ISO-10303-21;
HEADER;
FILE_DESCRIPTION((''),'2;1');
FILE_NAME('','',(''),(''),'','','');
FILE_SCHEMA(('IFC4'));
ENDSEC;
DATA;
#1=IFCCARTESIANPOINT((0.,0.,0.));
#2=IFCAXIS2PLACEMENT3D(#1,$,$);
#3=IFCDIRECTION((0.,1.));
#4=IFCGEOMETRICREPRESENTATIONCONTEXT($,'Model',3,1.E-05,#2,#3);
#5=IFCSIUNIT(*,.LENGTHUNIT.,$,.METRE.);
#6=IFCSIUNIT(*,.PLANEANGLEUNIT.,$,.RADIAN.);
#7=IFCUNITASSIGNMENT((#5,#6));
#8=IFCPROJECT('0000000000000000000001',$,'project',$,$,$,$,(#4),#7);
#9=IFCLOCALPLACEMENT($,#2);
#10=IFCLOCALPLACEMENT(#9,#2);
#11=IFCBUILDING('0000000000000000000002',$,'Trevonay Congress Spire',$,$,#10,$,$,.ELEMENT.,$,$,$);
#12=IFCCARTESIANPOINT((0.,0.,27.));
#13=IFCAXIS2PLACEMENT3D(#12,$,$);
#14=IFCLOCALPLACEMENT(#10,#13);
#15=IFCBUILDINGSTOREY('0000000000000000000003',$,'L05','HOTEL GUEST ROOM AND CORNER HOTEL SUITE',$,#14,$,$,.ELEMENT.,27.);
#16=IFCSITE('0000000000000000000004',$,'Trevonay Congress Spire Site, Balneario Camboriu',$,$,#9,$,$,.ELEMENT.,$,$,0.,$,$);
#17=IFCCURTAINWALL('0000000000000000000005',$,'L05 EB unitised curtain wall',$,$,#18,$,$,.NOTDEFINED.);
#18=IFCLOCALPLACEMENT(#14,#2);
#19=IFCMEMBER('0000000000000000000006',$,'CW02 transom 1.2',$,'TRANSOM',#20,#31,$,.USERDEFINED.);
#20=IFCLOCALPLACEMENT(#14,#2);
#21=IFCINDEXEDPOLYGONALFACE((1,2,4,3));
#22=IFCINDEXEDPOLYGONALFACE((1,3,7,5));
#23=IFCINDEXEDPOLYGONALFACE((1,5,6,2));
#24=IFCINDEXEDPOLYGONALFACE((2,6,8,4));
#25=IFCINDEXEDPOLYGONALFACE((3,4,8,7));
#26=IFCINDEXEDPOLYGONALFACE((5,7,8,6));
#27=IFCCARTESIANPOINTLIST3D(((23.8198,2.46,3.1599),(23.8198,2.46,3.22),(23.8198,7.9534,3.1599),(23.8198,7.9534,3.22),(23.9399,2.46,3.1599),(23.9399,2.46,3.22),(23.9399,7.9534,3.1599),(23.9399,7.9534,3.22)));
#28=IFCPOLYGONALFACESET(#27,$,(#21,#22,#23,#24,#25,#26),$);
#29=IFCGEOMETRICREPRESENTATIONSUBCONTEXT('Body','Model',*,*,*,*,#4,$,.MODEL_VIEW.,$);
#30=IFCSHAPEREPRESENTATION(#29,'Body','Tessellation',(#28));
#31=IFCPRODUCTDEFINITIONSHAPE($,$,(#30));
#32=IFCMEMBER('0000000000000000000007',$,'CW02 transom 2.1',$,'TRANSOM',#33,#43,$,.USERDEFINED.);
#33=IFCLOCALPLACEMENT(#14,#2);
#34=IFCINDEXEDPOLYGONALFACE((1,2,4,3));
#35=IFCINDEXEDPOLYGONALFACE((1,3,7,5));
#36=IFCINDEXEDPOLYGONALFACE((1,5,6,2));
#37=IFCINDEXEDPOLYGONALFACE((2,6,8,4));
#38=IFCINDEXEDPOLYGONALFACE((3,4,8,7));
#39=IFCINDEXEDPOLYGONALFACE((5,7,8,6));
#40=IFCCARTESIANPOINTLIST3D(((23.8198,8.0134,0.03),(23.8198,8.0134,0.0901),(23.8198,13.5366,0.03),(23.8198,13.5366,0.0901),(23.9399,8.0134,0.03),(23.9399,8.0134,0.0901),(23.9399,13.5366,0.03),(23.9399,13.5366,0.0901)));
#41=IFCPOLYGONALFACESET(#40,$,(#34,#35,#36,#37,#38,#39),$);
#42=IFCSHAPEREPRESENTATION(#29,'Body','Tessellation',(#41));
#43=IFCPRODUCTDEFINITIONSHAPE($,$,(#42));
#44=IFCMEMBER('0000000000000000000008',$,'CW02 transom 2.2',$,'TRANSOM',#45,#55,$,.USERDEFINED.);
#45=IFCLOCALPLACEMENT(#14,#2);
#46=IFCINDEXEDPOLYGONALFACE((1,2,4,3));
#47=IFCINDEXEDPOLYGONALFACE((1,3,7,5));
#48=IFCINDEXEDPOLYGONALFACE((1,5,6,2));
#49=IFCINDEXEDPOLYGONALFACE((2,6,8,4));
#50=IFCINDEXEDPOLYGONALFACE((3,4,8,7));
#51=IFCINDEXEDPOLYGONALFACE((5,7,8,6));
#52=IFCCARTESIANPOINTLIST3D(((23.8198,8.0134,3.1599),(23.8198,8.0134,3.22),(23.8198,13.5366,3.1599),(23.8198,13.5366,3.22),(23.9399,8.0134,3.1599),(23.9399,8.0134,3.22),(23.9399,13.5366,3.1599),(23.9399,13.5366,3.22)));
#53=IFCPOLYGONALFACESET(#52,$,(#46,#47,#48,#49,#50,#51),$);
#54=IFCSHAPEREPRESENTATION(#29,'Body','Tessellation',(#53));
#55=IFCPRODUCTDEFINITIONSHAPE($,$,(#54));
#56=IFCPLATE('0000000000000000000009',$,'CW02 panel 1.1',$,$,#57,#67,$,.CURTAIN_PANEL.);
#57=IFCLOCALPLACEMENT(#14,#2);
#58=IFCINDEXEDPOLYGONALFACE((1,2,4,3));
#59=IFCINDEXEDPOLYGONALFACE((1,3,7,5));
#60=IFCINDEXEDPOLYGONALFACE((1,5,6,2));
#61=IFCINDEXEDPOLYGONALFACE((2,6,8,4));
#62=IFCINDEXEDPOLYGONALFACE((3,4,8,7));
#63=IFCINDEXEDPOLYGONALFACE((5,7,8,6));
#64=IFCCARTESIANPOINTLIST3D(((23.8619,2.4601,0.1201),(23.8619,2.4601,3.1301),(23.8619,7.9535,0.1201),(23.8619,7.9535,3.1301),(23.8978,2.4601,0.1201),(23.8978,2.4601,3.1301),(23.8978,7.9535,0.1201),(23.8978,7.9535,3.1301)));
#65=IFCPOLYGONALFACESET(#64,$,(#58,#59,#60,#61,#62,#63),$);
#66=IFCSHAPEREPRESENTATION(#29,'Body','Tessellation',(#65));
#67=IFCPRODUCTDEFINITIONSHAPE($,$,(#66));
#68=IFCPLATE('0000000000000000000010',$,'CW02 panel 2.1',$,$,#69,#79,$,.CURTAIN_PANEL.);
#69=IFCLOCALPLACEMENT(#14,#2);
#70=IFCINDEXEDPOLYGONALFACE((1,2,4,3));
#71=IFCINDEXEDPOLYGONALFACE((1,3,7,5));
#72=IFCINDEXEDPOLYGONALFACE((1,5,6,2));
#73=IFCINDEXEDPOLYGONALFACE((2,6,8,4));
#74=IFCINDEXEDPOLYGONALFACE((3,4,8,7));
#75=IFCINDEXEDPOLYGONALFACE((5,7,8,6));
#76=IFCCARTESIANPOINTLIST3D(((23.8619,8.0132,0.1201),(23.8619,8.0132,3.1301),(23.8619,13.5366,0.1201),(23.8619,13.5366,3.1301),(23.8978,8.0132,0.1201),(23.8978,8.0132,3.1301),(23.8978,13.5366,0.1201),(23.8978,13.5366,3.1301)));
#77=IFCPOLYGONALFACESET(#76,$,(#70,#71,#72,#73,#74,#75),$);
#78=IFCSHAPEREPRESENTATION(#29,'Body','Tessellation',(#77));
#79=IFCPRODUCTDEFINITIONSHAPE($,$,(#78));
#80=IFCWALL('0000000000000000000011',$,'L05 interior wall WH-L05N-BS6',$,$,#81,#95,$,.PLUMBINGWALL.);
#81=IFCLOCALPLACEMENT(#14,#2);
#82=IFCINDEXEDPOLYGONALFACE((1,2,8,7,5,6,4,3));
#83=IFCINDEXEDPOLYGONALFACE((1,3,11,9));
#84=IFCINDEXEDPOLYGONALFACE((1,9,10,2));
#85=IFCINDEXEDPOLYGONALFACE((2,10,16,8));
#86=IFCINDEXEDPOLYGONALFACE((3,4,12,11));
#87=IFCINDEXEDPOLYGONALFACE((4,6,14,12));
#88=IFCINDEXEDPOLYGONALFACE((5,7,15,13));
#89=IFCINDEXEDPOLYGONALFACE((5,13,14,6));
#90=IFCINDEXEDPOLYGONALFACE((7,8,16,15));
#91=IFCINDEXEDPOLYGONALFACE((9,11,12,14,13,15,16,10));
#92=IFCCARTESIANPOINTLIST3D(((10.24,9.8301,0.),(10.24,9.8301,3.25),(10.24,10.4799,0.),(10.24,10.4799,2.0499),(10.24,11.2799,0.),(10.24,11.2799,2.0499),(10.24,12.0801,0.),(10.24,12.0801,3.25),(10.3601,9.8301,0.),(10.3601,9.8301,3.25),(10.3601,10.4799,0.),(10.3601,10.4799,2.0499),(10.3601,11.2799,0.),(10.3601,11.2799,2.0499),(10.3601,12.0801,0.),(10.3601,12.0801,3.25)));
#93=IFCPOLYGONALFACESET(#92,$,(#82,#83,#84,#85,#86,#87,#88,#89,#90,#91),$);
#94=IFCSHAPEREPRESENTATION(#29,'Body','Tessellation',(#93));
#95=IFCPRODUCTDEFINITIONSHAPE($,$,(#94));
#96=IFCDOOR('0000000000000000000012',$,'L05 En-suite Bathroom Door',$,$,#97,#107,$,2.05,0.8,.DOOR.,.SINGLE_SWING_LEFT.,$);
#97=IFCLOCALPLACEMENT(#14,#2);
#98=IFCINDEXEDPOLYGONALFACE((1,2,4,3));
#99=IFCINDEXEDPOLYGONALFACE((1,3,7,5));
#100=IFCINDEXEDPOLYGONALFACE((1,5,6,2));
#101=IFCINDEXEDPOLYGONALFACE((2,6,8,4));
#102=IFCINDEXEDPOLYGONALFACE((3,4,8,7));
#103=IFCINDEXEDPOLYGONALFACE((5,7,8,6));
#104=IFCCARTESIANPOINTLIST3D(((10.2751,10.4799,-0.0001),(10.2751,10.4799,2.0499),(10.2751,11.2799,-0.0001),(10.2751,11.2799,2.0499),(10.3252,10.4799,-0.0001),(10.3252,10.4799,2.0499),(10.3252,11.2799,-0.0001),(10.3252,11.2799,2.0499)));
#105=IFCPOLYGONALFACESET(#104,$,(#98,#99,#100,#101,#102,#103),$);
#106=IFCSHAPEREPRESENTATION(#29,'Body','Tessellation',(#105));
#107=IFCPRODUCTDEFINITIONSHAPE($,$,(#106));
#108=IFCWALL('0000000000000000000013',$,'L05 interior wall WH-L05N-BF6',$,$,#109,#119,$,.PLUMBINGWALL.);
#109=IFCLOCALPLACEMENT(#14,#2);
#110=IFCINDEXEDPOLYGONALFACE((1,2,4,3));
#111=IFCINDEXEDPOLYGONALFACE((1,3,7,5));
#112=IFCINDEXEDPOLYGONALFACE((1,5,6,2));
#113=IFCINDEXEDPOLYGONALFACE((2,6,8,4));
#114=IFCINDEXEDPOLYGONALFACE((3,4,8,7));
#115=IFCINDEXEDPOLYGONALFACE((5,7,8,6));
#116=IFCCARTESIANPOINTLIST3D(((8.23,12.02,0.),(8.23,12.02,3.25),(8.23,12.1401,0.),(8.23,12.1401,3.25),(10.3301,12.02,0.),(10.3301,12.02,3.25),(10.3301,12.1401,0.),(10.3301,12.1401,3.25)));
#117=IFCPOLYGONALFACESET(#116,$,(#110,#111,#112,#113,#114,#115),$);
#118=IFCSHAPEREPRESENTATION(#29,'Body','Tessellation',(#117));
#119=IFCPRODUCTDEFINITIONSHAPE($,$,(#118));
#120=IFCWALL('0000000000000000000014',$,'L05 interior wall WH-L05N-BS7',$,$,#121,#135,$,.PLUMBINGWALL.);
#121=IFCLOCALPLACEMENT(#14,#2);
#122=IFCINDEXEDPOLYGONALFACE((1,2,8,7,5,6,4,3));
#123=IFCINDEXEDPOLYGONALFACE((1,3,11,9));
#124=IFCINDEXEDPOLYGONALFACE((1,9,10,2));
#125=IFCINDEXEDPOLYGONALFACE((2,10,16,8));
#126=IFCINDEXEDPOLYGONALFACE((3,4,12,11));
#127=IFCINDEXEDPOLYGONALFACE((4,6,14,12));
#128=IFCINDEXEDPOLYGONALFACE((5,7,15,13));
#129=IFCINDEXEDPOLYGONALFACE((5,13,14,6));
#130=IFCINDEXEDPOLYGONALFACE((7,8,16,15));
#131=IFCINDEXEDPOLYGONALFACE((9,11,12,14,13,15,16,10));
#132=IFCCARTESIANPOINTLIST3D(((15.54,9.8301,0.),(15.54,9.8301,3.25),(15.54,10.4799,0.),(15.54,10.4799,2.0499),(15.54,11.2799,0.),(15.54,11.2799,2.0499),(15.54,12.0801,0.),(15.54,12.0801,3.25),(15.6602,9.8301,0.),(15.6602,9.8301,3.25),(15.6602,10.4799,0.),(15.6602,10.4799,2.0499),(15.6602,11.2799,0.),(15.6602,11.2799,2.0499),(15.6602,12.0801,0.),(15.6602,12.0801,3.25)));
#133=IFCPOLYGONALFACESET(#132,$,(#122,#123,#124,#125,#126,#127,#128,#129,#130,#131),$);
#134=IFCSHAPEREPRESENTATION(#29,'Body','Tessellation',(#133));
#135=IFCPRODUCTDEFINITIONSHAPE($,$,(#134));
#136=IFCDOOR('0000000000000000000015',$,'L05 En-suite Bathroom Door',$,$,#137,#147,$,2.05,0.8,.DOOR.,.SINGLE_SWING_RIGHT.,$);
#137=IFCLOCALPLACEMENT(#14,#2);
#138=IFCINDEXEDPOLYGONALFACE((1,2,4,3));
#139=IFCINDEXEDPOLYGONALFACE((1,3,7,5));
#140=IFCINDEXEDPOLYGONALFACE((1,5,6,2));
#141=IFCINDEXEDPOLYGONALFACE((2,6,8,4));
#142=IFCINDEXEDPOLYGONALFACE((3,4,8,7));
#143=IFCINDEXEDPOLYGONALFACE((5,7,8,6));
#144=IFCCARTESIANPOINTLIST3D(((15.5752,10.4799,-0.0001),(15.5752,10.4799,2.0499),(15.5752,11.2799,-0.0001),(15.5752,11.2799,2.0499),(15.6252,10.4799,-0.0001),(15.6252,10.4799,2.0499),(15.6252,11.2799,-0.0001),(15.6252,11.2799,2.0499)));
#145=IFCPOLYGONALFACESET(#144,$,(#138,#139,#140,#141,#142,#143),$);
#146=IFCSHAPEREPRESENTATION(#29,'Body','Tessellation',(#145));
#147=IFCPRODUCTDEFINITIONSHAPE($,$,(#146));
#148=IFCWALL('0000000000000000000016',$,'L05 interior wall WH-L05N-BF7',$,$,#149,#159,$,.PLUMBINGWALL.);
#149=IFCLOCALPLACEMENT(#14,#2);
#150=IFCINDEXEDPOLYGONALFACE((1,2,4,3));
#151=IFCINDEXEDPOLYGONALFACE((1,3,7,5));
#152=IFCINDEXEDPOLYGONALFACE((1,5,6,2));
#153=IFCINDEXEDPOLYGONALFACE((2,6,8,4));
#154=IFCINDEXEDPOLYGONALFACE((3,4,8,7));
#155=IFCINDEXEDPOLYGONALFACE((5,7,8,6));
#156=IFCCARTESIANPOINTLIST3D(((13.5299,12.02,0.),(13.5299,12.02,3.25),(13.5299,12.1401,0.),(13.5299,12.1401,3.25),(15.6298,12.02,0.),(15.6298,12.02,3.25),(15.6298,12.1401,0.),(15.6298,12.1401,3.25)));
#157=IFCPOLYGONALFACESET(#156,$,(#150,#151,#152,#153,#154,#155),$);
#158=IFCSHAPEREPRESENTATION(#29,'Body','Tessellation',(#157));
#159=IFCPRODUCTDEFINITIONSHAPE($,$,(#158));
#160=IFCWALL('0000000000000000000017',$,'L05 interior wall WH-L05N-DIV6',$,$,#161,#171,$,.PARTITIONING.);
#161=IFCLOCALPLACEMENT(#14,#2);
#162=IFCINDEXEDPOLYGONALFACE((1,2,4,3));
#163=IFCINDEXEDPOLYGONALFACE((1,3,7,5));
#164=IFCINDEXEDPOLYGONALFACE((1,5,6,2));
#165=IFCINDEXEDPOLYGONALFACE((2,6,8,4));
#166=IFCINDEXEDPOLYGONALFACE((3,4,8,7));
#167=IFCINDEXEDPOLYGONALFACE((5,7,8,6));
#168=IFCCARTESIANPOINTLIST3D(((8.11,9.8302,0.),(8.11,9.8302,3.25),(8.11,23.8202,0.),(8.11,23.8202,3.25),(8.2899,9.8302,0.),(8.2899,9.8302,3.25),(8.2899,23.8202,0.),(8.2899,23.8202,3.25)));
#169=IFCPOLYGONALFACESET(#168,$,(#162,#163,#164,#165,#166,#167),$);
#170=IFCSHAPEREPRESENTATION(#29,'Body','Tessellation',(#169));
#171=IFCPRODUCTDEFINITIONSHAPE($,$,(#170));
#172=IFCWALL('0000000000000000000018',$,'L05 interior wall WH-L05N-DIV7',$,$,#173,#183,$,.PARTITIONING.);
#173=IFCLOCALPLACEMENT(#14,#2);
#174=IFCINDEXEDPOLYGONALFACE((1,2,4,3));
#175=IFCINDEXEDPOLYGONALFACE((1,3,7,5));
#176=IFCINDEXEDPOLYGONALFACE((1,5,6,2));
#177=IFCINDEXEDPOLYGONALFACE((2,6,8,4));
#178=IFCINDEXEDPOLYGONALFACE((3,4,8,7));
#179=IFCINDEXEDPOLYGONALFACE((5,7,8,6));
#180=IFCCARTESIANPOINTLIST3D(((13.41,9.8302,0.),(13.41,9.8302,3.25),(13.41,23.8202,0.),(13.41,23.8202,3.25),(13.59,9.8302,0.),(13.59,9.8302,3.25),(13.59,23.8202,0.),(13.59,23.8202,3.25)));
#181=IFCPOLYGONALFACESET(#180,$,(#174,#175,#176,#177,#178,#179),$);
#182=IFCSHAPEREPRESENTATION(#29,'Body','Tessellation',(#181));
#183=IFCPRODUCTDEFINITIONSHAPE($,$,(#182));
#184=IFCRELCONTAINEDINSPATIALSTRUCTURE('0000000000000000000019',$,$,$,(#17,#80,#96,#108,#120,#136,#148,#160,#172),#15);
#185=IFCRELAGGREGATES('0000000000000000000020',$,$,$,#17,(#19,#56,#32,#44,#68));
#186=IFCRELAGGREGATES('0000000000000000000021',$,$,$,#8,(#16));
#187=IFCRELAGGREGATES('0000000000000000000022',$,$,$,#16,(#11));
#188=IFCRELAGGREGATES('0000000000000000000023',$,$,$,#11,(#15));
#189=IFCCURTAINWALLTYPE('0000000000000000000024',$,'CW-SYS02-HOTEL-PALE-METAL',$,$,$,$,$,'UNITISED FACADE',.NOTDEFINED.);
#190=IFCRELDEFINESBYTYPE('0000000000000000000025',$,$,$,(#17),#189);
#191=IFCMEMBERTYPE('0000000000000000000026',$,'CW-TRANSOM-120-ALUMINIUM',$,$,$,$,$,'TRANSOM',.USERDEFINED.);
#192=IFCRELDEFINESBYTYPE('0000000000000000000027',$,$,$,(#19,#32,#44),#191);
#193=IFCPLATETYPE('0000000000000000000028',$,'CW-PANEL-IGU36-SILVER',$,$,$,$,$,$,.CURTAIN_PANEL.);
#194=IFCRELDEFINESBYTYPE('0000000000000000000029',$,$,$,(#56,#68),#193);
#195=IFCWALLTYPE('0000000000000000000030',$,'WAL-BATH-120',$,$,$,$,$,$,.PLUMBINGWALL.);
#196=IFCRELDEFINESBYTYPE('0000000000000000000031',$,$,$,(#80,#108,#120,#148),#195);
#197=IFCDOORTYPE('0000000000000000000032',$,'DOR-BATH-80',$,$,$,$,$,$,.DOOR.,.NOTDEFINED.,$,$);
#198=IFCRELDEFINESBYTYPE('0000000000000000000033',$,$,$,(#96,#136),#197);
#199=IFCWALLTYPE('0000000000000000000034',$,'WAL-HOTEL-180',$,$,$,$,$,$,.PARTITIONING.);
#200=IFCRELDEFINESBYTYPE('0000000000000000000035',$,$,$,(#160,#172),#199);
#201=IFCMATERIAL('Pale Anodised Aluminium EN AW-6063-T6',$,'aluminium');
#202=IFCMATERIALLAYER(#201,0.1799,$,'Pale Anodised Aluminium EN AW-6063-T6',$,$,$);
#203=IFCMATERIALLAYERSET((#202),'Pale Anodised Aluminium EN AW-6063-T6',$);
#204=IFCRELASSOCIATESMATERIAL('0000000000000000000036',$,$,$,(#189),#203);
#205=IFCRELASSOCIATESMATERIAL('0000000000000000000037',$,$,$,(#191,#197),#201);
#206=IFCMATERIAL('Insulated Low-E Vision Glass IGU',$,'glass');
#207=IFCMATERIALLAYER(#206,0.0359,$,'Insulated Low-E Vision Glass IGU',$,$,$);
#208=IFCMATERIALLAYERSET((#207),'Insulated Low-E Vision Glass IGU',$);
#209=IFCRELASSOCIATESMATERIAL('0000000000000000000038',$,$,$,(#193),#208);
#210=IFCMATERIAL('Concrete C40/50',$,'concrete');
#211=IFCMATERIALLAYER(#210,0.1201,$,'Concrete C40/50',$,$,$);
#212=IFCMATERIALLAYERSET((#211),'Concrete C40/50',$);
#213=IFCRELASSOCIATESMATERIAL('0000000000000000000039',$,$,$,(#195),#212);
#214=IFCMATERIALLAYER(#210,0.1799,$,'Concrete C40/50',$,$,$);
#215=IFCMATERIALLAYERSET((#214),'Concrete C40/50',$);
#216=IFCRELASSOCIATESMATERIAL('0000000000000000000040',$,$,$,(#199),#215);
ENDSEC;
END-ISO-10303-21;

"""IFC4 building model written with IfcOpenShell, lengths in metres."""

from ifc_helpers import new_model, si_unit, direction, frame, frame_2d, origin, origin_2d, place, context, subcontext, project, spatial, rectangle, extrude, material, layer, layer_set, material_profile, profile_set, type_object, element, fill, aggregate, save


model = new_model("IFC4")

# Units and contexts
model_context = context("Model", 3, precision=1e-05, world=origin(), true_north=direction((0.0, 1.0)))
body_context = subcontext(model_context, "Body", "Model", "MODEL_VIEW")
ifc_project = project(units=[si_unit("LENGTHUNIT", "METRE"), si_unit("PLANEANGLEUNIT", "RADIAN")], contexts=[model_context])

# Site, building, storey
site_placement = place(None, origin())
site = spatial("IfcSite", under=ifc_project, at=site_placement, Name="Trevonay Congress Spire Site, Balneario Camboriu", CompositionType="ELEMENT", RefElevation=0.0)
building_placement = place(site_placement, origin())
building = spatial("IfcBuilding", under=site, at=building_placement, Name="Trevonay Congress Spire", CompositionType="ELEMENT")
storey_placement = place(building_placement, frame((0.0, 0.0, 27.0)))
storey = spatial("IfcBuildingStorey", under=building, at=storey_placement, Name="L05", Description="HOTEL GUEST ROOM AND CORNER HOTEL SUITE", CompositionType="ELEMENT", Elevation=27.0)

# Curtain wall, members, plates
ifc_material_1 = material(Name="Pale Anodised Aluminium EN AW-6063-T6", Category="aluminium")
ifc_layer_1 = layer(ifc_material_1, 0.1799, Name="Pale Anodised Aluminium EN AW-6063-T6")
ifc_layer_set_1 = layer_set([ifc_layer_1], Name="Pale Anodised Aluminium EN AW-6063-T6")
curtain_wall_type = type_object("IfcCurtainWallType", Name="CW-SYS02-HOTEL-PALE-METAL", ElementType="UNITISED FACADE", PredefinedType="NOTDEFINED", material=ifc_layer_set_1)
curtain_wall_placement = place(storey_placement, origin())
curtain_wall = element("IfcCurtainWall", 1, at=curtain_wall_placement, inside=storey, type_object=curtain_wall_type, Name="L05 EB unitised curtain wall", PredefinedType="NOTDEFINED")
ifc_material_profile_1 = material_profile(ifc_material_1, rectangle(XDim=0.1201, YDim=0.0601, at=origin_2d()), Name="CW-TRANSOM-120-ALUMINIUM")
ifc_profile_set_1 = profile_set([ifc_material_profile_1], Name="Pale Anodised Aluminium EN AW-6063-T6")
member_type_1 = type_object("IfcMemberType", Name="CW-TRANSOM-120-ALUMINIUM", ElementType="TRANSOM", PredefinedType="USERDEFINED", material=ifc_profile_set_1)
member_1_placement = place(storey_placement, frame((23.8799, 2.46, 3.1899), z_axis=(0.0, 1.0, 0.0), x_axis=(-1.0, 0.0, 0.0)))
member_1 = element("IfcMember", 2, at=member_1_placement, type_object=member_type_1, Name="CW02 transom 1.2", ObjectType="TRANSOM", PredefinedType="USERDEFINED", context=body_context, shape_type="SweptSolid", body=[
    extrude(rectangle(XDim=0.1201, YDim=0.0601, at=origin_2d()), origin(), (0.0, 0.0, 1.0), 5.4934),
])
member_2_placement = place(storey_placement, frame((23.8799, 8.0134, 0.0601), z_axis=(0.0, 1.0, 0.0), x_axis=(-1.0, 0.0, 0.0)))
member_2 = element("IfcMember", 3, at=member_2_placement, type_object=member_type_1, Name="CW02 transom 2.1", ObjectType="TRANSOM", PredefinedType="USERDEFINED", context=body_context, shape_type="SweptSolid", body=[
    extrude(rectangle(XDim=0.1201, YDim=0.0601, at=origin_2d()), origin(), (0.0, 0.0, 1.0), 5.5232),
])
member_3_placement = place(storey_placement, frame((23.8799, 8.0134, 3.1899), z_axis=(0.0, 1.0, 0.0), x_axis=(-1.0, 0.0, 0.0)))
member_3 = element("IfcMember", 4, at=member_3_placement, type_object=member_type_1, Name="CW02 transom 2.2", ObjectType="TRANSOM", PredefinedType="USERDEFINED", context=body_context, shape_type="SweptSolid", body=[
    extrude(rectangle(XDim=0.1201, YDim=0.0601, at=origin_2d()), origin(), (0.0, 0.0, 1.0), 5.5232),
])
ifc_material_2 = material(Name="Insulated Low-E Vision Glass IGU", Category="glass")
ifc_layer_2 = layer(ifc_material_2, 0.0359, Name="Insulated Low-E Vision Glass IGU")
ifc_layer_set_2 = layer_set([ifc_layer_2], Name="Insulated Low-E Vision Glass IGU")
plate_type = type_object("IfcPlateType", Name="CW-PANEL-IGU36-SILVER", PredefinedType="CURTAIN_PANEL", material=ifc_layer_set_2)
plate_1_placement = place(storey_placement, frame((23.8799, 5.2068, 0.1201), z_axis=(0.0, 0.0, 1.0), x_axis=(0.0, 1.0, 0.0)))
plate_1 = element("IfcPlate", 5, at=plate_1_placement, type_object=plate_type, Name="CW02 panel 1.1", PredefinedType="CURTAIN_PANEL", context=body_context, shape_type="SweptSolid", body=[
    extrude(rectangle(XDim=5.4934, YDim=0.0359, at=origin_2d()), origin(), (0.0, 0.0, 1.0), 3.01),
])
plate_2_placement = place(storey_placement, frame((23.8799, 10.7749, 0.1201), z_axis=(0.0, 0.0, 1.0), x_axis=(0.0, 1.0, 0.0)))
plate_2 = element("IfcPlate", 6, at=plate_2_placement, type_object=plate_type, Name="CW02 panel 2.1", PredefinedType="CURTAIN_PANEL", context=body_context, shape_type="SweptSolid", body=[
    extrude(rectangle(XDim=5.5234, YDim=0.0359, at=origin_2d()), origin(), (0.0, 0.0, 1.0), 3.01),
])
aggregate(curtain_wall, [member_1, plate_1, member_2, member_3, plate_2])

# Wall, opening, door
ifc_material_3 = material(Name="Concrete C40/50", Category="concrete")
ifc_layer_3 = layer(ifc_material_3, 0.1201, Name="Concrete C40/50")
ifc_layer_set_3 = layer_set([ifc_layer_3], Name="Concrete C40/50")
wall_type_1 = type_object("IfcWallType", Name="WAL-BATH-120", PredefinedType="PLUMBINGWALL", material=ifc_layer_set_3)
wall_1_placement = place(storey_placement, frame((10.3, 9.8301, 0.0), z_axis=(0.0, 0.0, 1.0), x_axis=(0.0, 1.0, 0.0)))
wall_1 = element("IfcWall", 7, at=wall_1_placement, inside=storey, type_object=wall_type_1, Name="L05 interior wall WH-L05N-BS6", PredefinedType="PLUMBINGWALL", context=body_context, shape_type="SweptSolid", body=[
    extrude(rectangle(XDim=2.25, YDim=0.1201, at=frame_2d((1.125, 0.0))), origin(), (0.0, 0.0, 1.0), 3.25),
])
opening_1_placement = place(wall_1_placement, frame((0.6499, 0.0, 0.0)))
opening_1 = element("IfcOpeningElement", 8, at=opening_1_placement, cuts=wall_1, PredefinedType="OPENING", context=body_context, shape_type="SweptSolid", body=[
    extrude(rectangle(XDim=0.8, YDim=2.05, at=frame_2d((0.3999, 1.0249))), frame((0.0, 0.0701, 0.0), z_axis=(0.0, -1.0, 0.0), x_axis=(1.0, 0.0, 0.0)), (0.0, 0.0, 1.0), 0.1401),
])
door_type = type_object("IfcDoorType", Name="DOR-BATH-80", OperationType="NOTDEFINED", PredefinedType="DOOR", material=ifc_material_1)
door_1_placement = place(opening_1_placement, origin())
door_1 = element("IfcDoor", 9, at=door_1_placement, inside=storey, type_object=door_type, Name="L05 En-suite Bathroom Door", OperationType="SINGLE_SWING_LEFT", OverallHeight=2.05, OverallWidth=0.8, PredefinedType="DOOR", context=body_context, shape_type="SweptSolid", body=[
    extrude(rectangle(XDim=0.8, YDim=2.05, at=frame_2d((0.3999, 1.0249))), frame((0.0, 0.0249, 0.0), z_axis=(0.0, -1.0, 0.0), x_axis=(1.0, 0.0, 0.0)), (0.0, 0.0, 1.0), 0.05),
])
fill(opening_1, door_1)

# Wall
wall_2_placement = place(storey_placement, frame((8.23, 12.0801, 0.0), z_axis=(0.0, 0.0, 1.0), x_axis=(1.0, 0.0, 0.0)))
element("IfcWall", 10, at=wall_2_placement, inside=storey, type_object=wall_type_1, Name="L05 interior wall WH-L05N-BF6", PredefinedType="PLUMBINGWALL", context=body_context, shape_type="SweptSolid", body=[
    extrude(rectangle(XDim=2.1001, YDim=0.1201, at=frame_2d((1.05, 0.0))), origin(), (0.0, 0.0, 1.0), 3.25),
])

# Wall, opening, door
wall_3_placement = place(storey_placement, frame((15.6001, 9.8301, 0.0), z_axis=(0.0, 0.0, 1.0), x_axis=(0.0, 1.0, 0.0)))
wall_3 = element("IfcWall", 11, at=wall_3_placement, inside=storey, type_object=wall_type_1, Name="L05 interior wall WH-L05N-BS7", PredefinedType="PLUMBINGWALL", context=body_context, shape_type="SweptSolid", body=[
    extrude(rectangle(XDim=2.25, YDim=0.1201, at=frame_2d((1.125, 0.0))), origin(), (0.0, 0.0, 1.0), 3.25),
])
opening_2_placement = place(wall_3_placement, frame((0.6499, 0.0, 0.0)))
opening_2 = element("IfcOpeningElement", 12, at=opening_2_placement, cuts=wall_3, PredefinedType="OPENING", context=body_context, shape_type="SweptSolid", body=[
    extrude(rectangle(XDim=0.8, YDim=2.05, at=frame_2d((0.3999, 1.0249))), frame((0.0, 0.0701, 0.0), z_axis=(0.0, -1.0, 0.0), x_axis=(1.0, 0.0, 0.0)), (0.0, 0.0, 1.0), 0.1401),
])
door_2_placement = place(opening_2_placement, origin())
door_2 = element("IfcDoor", 13, at=door_2_placement, inside=storey, type_object=door_type, Name="L05 En-suite Bathroom Door", OperationType="SINGLE_SWING_RIGHT", OverallHeight=2.05, OverallWidth=0.8, PredefinedType="DOOR", context=body_context, shape_type="SweptSolid", body=[
    extrude(rectangle(XDim=0.8, YDim=2.05, at=frame_2d((0.3999, 1.0249))), frame((0.0, 0.0249, 0.0), z_axis=(0.0, -1.0, 0.0), x_axis=(1.0, 0.0, 0.0)), (0.0, 0.0, 1.0), 0.05),
])
fill(opening_2, door_2)

# Walls
wall_4_placement = place(storey_placement, frame((13.53, 12.0801, 0.0), z_axis=(0.0, 0.0, 1.0), x_axis=(1.0, 0.0, 0.0)))
element("IfcWall", 14, at=wall_4_placement, inside=storey, type_object=wall_type_1, Name="L05 interior wall WH-L05N-BF7", PredefinedType="PLUMBINGWALL", context=body_context, shape_type="SweptSolid", body=[
    extrude(rectangle(XDim=2.0999, YDim=0.1201, at=frame_2d((1.0498, 0.0))), origin(), (0.0, 0.0, 1.0), 3.25),
])
ifc_layer_4 = layer(ifc_material_3, 0.1799, Name="Concrete C40/50")
ifc_layer_set_4 = layer_set([ifc_layer_4], Name="Concrete C40/50")
wall_type_2 = type_object("IfcWallType", Name="WAL-HOTEL-180", PredefinedType="PARTITIONING", material=ifc_layer_set_4)
for number, where, z_axis, x_axis, name in (
    (15, (8.2, 9.8301, 0.0), (0.0, 0.0, 1.0), (0.0, 1.0, 0.0), "L05 interior wall WH-L05N-DIV6"),
    (16, (13.5, 9.8301, 0.0), (0.0, 0.0, 1.0), (0.0, 1.0, 0.0), "L05 interior wall WH-L05N-DIV7"),
):
    element("IfcWall", number, at=place(storey_placement, frame(where, z_axis=z_axis, x_axis=x_axis)), inside=storey, type_object=wall_type_2, Name=name, PredefinedType="PARTITIONING", context=body_context, shape_type="SweptSolid", body=[
        extrude(rectangle(XDim=13.99, YDim=0.1799, at=frame_2d((6.9951, 0.0))), origin(), (0.0, 0.0, 1.0), 3.25),
    ])

save(model, "model.ifc")
